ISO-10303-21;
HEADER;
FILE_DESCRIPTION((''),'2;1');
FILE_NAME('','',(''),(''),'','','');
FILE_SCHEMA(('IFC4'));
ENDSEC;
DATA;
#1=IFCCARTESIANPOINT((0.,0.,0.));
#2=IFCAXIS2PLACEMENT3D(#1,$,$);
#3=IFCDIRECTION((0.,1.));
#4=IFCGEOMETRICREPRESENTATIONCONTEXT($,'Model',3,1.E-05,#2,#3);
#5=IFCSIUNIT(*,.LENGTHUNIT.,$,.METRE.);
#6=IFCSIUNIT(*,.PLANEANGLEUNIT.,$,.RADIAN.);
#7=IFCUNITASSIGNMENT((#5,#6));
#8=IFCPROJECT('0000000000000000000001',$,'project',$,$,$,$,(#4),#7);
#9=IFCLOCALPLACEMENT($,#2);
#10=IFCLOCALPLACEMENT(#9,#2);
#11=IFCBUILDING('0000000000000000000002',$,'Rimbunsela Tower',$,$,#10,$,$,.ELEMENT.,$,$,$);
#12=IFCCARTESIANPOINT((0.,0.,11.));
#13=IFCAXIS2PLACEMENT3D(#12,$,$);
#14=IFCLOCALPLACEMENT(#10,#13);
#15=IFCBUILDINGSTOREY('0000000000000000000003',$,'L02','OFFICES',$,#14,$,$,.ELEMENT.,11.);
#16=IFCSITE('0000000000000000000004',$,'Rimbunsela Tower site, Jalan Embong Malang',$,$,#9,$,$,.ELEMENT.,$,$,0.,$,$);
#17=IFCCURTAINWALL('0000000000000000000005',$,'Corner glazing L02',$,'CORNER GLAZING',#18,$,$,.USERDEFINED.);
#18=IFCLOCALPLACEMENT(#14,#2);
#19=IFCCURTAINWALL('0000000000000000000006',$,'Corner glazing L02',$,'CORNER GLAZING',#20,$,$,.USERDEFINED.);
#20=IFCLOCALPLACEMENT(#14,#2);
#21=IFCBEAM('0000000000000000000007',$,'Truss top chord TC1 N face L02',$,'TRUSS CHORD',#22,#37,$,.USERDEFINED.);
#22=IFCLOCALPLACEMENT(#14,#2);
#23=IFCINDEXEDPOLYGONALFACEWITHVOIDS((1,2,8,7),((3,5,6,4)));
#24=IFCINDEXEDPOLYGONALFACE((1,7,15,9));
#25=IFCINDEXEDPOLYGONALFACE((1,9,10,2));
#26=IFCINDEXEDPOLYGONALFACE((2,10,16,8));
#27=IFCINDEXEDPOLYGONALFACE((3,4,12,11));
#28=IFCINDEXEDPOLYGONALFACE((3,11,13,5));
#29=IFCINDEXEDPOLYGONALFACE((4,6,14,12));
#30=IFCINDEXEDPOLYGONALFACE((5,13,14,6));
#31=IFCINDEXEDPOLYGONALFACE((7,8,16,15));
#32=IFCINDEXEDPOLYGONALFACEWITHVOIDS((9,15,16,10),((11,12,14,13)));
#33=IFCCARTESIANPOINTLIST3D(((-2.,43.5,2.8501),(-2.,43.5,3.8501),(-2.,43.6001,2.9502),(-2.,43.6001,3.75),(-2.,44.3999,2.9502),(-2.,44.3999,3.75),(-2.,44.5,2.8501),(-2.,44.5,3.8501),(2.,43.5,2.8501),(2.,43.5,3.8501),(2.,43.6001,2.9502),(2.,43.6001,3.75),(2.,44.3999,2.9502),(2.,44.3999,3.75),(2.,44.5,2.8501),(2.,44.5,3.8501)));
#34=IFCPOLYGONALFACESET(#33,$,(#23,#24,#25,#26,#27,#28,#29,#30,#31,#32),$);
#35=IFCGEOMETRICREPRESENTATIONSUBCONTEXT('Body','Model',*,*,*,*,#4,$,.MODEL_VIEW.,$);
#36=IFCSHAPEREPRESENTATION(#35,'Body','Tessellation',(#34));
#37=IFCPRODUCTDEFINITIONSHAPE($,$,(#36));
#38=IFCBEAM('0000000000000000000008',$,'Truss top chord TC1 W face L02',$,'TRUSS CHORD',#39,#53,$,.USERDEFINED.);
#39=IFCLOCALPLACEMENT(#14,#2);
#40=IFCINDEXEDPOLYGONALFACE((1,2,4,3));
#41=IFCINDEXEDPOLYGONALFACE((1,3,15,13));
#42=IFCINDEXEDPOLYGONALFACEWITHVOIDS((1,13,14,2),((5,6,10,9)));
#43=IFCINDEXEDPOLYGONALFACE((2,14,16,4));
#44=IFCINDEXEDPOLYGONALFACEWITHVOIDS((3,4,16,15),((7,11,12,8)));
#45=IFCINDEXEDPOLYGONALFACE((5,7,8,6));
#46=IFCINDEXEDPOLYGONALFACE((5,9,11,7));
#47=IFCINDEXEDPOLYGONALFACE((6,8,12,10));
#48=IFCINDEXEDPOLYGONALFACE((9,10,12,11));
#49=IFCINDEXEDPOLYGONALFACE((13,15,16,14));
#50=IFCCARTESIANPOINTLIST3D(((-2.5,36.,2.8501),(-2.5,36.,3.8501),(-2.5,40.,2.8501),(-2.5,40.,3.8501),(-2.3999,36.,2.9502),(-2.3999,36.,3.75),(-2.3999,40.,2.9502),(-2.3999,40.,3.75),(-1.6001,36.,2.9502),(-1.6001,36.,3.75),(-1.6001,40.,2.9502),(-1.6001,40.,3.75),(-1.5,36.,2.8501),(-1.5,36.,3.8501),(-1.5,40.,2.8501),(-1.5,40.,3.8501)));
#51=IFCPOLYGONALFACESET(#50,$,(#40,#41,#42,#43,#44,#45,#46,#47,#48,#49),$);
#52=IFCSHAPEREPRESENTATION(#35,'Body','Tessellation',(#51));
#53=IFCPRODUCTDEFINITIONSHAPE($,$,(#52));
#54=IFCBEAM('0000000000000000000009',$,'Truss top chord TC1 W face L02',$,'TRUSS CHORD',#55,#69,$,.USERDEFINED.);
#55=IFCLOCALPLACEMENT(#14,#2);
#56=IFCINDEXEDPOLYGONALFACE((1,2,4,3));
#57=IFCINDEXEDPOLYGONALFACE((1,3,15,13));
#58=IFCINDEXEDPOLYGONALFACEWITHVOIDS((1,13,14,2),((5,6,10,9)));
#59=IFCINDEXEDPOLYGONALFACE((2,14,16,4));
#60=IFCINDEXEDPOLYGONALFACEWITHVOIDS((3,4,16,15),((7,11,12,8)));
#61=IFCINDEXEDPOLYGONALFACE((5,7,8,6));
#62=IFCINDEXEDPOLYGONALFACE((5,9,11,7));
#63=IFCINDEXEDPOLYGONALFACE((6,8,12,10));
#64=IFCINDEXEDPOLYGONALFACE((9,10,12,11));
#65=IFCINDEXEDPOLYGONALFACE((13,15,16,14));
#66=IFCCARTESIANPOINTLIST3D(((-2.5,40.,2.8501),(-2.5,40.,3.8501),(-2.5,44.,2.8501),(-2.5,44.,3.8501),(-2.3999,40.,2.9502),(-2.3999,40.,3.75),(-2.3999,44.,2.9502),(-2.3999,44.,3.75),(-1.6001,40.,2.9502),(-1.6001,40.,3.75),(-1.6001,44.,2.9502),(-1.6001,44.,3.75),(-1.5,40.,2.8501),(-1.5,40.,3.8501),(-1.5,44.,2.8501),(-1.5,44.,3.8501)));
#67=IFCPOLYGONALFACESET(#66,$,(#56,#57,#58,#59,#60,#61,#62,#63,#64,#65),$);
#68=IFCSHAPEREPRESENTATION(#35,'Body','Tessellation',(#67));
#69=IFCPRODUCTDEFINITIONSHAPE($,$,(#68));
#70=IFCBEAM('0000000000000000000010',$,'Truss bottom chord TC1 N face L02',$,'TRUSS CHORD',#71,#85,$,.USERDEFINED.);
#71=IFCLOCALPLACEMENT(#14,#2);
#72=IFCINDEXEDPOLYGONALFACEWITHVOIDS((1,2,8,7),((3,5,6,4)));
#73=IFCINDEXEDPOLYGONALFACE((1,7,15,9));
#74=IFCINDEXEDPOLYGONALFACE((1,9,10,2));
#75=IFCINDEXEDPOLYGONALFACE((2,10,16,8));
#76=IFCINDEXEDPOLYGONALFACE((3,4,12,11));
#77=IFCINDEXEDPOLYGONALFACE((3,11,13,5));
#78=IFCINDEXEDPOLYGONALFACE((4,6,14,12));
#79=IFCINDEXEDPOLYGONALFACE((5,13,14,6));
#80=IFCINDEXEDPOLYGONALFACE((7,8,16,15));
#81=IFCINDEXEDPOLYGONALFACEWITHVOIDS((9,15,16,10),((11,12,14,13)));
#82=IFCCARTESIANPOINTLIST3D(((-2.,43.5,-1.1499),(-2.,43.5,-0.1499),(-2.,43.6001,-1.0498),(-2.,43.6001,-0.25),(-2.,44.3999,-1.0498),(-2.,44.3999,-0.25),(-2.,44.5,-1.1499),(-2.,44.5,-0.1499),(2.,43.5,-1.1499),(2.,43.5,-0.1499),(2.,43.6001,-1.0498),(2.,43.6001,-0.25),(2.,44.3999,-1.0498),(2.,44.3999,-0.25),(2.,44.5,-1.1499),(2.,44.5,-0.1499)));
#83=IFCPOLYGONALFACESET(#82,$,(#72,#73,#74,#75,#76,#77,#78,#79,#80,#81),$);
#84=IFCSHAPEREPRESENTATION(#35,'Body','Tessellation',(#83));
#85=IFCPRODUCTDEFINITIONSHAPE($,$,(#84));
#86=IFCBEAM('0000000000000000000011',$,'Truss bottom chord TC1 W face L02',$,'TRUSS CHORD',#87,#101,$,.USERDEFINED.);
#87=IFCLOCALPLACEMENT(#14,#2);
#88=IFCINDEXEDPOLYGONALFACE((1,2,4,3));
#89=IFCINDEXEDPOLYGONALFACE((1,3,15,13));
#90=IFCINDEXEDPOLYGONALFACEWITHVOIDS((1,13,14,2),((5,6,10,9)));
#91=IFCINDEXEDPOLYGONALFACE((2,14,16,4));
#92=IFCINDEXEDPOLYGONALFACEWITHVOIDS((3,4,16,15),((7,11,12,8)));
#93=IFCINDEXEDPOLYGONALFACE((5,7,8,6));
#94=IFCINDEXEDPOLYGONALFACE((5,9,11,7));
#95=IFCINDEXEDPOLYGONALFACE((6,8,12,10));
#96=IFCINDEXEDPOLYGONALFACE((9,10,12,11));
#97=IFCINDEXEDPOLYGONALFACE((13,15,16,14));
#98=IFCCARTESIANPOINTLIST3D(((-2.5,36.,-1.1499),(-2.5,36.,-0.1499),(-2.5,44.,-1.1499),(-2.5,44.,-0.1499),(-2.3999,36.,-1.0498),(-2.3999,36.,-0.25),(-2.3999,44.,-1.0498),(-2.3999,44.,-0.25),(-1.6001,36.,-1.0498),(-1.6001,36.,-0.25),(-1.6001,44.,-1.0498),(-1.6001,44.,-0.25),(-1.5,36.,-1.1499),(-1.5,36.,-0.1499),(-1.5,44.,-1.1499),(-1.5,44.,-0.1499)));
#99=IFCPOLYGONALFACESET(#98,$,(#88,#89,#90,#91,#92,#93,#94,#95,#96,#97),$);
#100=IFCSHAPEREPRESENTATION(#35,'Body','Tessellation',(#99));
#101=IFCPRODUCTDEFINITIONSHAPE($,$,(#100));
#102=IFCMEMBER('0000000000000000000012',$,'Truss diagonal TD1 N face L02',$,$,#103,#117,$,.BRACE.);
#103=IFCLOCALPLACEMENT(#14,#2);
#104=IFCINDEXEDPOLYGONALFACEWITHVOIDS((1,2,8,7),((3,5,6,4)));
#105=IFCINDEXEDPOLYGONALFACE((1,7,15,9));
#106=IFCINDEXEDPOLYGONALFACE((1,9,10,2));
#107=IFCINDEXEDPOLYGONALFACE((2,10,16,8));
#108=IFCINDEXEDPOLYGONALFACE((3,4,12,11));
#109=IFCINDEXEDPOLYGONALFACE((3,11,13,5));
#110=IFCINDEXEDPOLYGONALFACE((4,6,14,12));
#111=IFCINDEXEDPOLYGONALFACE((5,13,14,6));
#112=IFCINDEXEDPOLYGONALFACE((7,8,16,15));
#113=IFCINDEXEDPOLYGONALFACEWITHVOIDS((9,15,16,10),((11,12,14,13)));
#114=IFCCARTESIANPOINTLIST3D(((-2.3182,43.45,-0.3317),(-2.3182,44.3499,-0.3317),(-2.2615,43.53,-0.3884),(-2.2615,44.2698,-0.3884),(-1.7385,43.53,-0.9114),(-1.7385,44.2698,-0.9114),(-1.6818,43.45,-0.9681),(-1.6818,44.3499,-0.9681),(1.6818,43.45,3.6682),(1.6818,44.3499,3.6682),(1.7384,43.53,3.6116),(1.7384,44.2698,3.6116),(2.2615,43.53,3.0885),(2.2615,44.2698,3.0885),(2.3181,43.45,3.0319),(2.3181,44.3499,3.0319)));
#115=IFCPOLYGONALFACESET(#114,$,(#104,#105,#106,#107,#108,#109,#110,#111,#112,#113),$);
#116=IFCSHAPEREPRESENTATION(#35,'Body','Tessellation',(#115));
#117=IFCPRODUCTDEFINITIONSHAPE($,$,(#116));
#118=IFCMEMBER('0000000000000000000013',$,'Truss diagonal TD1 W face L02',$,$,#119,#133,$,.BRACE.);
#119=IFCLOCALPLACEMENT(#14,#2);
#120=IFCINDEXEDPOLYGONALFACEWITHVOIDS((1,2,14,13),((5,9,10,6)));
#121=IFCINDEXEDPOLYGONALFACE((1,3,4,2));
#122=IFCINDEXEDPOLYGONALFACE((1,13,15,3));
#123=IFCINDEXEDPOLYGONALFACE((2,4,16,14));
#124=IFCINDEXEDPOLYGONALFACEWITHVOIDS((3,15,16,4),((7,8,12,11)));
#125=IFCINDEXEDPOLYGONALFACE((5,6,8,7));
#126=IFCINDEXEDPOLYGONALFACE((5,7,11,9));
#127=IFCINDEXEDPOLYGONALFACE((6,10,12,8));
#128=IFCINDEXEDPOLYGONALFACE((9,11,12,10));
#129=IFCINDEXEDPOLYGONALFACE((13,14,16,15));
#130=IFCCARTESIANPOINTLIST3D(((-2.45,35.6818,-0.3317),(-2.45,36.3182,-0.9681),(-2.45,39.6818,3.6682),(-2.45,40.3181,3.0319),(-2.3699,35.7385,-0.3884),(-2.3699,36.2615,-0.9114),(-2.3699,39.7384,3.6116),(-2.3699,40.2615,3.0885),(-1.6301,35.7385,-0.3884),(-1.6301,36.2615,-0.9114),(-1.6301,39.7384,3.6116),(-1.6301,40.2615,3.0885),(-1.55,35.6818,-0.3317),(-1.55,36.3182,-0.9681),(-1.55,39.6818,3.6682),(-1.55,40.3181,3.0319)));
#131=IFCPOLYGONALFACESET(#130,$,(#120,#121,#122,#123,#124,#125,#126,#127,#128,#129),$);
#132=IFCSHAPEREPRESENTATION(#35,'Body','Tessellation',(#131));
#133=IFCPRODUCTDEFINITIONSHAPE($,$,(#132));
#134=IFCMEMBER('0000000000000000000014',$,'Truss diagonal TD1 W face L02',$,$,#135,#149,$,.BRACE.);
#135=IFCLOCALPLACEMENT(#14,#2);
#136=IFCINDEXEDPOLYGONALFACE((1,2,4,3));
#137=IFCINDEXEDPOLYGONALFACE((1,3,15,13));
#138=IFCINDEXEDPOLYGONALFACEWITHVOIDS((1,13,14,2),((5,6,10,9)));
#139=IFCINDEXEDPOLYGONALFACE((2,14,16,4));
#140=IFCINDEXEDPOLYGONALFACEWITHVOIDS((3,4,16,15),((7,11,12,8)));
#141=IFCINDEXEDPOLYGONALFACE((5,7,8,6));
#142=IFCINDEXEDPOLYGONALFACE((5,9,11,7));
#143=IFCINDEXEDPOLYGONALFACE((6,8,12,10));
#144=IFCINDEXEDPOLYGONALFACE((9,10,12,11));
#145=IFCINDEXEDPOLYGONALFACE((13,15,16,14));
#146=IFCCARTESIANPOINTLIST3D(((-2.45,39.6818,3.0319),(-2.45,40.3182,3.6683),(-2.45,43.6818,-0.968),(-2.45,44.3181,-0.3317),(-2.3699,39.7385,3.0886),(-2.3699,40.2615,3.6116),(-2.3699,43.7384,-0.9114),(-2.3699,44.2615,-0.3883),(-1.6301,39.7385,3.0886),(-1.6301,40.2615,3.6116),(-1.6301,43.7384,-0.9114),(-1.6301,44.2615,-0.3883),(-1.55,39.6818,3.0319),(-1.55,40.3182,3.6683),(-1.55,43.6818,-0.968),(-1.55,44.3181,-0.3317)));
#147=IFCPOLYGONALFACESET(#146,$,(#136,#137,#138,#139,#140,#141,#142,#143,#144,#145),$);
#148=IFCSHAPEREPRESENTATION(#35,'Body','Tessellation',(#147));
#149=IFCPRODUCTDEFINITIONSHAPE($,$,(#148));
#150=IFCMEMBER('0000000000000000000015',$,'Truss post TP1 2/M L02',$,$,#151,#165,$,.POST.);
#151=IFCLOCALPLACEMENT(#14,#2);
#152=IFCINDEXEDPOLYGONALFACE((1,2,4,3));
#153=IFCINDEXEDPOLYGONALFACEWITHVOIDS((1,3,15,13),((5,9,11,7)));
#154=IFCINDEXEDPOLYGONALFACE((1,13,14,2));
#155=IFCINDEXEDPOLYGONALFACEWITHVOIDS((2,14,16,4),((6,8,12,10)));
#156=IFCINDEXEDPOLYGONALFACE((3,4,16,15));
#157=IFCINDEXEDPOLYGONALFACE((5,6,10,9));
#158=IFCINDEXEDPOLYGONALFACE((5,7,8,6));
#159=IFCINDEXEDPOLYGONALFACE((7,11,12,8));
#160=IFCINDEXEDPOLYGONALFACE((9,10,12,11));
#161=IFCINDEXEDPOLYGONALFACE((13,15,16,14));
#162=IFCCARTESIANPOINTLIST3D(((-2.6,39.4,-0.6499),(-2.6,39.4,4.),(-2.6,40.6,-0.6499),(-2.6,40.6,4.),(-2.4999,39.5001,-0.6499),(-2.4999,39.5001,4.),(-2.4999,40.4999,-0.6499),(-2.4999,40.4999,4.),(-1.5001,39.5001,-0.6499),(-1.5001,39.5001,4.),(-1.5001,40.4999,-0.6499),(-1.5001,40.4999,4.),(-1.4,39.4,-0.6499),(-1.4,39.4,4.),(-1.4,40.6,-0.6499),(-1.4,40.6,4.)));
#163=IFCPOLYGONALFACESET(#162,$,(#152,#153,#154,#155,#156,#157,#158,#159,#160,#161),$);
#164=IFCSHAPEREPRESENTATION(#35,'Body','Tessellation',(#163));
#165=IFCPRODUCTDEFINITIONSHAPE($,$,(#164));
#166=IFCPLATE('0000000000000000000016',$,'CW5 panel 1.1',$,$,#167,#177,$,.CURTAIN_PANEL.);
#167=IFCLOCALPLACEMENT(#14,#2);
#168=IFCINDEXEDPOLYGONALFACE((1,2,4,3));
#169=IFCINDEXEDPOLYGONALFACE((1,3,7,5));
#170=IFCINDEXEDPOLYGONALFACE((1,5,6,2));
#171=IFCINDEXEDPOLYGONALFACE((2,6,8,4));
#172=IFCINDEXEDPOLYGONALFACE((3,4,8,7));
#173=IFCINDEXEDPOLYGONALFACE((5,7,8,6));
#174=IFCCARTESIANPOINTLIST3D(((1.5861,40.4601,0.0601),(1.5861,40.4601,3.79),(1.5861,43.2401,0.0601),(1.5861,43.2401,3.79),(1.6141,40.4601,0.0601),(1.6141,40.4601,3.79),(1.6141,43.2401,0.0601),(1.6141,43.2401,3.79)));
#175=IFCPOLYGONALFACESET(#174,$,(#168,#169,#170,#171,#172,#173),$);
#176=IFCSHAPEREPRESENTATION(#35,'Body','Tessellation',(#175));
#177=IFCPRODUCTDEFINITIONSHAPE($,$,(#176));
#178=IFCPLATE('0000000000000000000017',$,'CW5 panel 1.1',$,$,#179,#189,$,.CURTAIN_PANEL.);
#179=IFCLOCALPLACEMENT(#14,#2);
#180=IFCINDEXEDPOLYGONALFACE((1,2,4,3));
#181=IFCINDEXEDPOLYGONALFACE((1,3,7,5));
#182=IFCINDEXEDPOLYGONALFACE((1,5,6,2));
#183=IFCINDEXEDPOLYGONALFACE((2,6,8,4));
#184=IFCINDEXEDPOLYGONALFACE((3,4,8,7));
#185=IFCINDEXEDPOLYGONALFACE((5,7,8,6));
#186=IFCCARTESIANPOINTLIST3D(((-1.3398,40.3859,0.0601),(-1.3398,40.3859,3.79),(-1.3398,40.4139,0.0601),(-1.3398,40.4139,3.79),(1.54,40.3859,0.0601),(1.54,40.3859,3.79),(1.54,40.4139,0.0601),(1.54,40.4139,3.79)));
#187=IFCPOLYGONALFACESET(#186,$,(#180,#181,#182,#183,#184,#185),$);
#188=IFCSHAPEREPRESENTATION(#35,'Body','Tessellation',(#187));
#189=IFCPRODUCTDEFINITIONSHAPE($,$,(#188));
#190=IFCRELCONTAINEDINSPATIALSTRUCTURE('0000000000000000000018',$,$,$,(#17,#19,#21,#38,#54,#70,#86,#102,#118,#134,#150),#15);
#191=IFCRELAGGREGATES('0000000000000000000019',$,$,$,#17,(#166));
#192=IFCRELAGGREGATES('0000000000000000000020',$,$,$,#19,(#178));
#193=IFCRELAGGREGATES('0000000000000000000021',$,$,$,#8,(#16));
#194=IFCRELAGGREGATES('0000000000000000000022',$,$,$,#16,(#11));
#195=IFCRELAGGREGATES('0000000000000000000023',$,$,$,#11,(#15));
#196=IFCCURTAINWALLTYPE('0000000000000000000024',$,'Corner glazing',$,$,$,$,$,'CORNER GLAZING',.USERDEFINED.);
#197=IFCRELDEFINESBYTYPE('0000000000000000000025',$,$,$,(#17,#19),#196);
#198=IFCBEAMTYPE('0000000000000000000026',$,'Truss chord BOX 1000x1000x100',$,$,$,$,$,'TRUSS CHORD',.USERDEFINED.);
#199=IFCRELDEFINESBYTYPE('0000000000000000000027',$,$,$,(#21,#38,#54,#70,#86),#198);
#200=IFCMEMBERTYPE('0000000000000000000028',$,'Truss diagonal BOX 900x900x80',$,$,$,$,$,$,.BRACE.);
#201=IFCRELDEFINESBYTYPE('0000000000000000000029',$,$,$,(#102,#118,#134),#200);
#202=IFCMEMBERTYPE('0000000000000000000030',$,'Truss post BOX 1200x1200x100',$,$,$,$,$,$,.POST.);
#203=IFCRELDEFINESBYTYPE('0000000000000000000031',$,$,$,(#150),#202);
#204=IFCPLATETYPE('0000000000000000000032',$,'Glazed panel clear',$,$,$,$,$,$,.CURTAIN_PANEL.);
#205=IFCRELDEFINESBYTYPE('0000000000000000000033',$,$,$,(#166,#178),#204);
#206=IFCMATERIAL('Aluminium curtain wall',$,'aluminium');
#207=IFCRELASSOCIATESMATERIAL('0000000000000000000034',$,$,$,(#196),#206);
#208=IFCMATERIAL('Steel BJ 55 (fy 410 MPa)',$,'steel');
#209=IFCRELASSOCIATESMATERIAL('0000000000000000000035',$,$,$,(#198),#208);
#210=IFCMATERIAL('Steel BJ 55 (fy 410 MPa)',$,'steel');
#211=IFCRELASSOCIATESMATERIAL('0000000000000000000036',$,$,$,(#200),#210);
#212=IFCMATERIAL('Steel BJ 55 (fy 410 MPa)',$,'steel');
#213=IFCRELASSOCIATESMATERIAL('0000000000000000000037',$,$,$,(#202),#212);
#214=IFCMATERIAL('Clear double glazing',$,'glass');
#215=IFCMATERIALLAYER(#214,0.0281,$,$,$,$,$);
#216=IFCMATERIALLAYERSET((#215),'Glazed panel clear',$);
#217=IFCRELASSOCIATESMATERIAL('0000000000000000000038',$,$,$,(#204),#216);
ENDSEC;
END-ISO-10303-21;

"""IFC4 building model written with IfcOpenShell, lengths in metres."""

from ifc_helpers import new_model, si_unit, direction, frame, origin, origin_2d, place, context, subcontext, project, spatial, rectangle, hollow_rectangle, extrude, material, layer, layer_set, material_profile, profile_set, type_object, element, aggregate, save


model = new_model("IFC4")

# Units and contexts
model_context = context("Model", 3, precision=1e-05, world=origin(), true_north=direction((0.0, 1.0)))
body_context = subcontext(model_context, "Body", "Model", "MODEL_VIEW")
ifc_project = project(units=[si_unit("LENGTHUNIT", "METRE"), si_unit("PLANEANGLEUNIT", "RADIAN")], contexts=[model_context])

# Site, building, storey
site_placement = place(None, origin())
site = spatial("IfcSite", under=ifc_project, at=site_placement, Name="Rimbunsela Tower site, Jalan Embong Malang", CompositionType="ELEMENT", RefElevation=0.0)
building_placement = place(site_placement, origin())
building = spatial("IfcBuilding", under=site, at=building_placement, Name="Rimbunsela Tower", CompositionType="ELEMENT")
storey_placement = place(building_placement, frame((0.0, 0.0, 11.0)))
storey = spatial("IfcBuildingStorey", under=building, at=storey_placement, Name="L02", Description="OFFICES", CompositionType="ELEMENT", Elevation=11.0)

# Curtain wall
ifc_material_1 = material(Name="Aluminium curtain wall", Category="aluminium")
curtain_wall_type = type_object("IfcCurtainWallType", Name="Corner glazing", ElementType="CORNER GLAZING", PredefinedType="USERDEFINED", material=ifc_material_1)
curtain_wall_1_placement = place(storey_placement, origin())
curtain_wall_1 = element("IfcCurtainWall", 1, at=curtain_wall_1_placement, inside=storey, type_object=curtain_wall_type, Name="Corner glazing L02", ObjectType="CORNER GLAZING", PredefinedType="USERDEFINED")

# Curtain wall
curtain_wall_2_placement = place(storey_placement, origin())
curtain_wall_2 = element("IfcCurtainWall", 2, at=curtain_wall_2_placement, inside=storey, type_object=curtain_wall_type, Name="Corner glazing L02", ObjectType="CORNER GLAZING", PredefinedType="USERDEFINED")

# Beams
ifc_material_2 = material(Name="Steel BJ 55 (fy 410 MPa)", Category="steel")
ifc_material_profile_1 = material_profile(ifc_material_2, hollow_rectangle(XDim=1.0, YDim=1.0, WallThickness=0.1001, at=origin_2d()), Name="BOX 1000x1000x100")
ifc_profile_set_1 = profile_set([ifc_material_profile_1], Name="Steel BJ 55 (fy 410 MPa)")
beam_type_1 = type_object("IfcBeamType", Name="Truss chord BOX 1000x1000x100", ElementType="TRUSS CHORD", PredefinedType="USERDEFINED", material=ifc_profile_set_1)
for number, where, z_axis, x_axis, name in (
    (3, (-2.0, 44.0, 3.3501), (1.0, 0.0, 0.0), (0.0, 1.0, 0.0), "Truss top chord TC1 N face L02"),
    (4, (-2.0, 36.0, 3.3501), (0.0, 1.0, 0.0), (-1.0, 0.0, 0.0), "Truss top chord TC1 W face L02"),
    (5, (-2.0, 40.0, 3.3501), (0.0, 1.0, 0.0), (-1.0, 0.0, 0.0), "Truss top chord TC1 W face L02"),
    (6, (-2.0, 44.0, -0.6499), (1.0, 0.0, 0.0), (0.0, 1.0, 0.0), "Truss bottom chord TC1 N face L02"),
):
    element("IfcBeam", number, at=place(storey_placement, frame(where, z_axis=z_axis, x_axis=x_axis)), inside=storey, type_object=beam_type_1, Name=name, ObjectType="TRUSS CHORD", PredefinedType="USERDEFINED", context=body_context, shape_type="SweptSolid", body=[
        extrude(hollow_rectangle(XDim=1.0, YDim=1.0, WallThickness=0.1001, at=origin_2d()), origin(), (0.0, 0.0, 1.0), 4.0),
    ])
beam_1_placement = place(storey_placement, frame((-2.0, 36.0, -0.6499), z_axis=(0.0, 1.0, 0.0), x_axis=(-1.0, 0.0, 0.0)))
element("IfcBeam", 7, at=beam_1_placement, inside=storey, type_object=beam_type_1, Name="Truss bottom chord TC1 W face L02", ObjectType="TRUSS CHORD", PredefinedType="USERDEFINED", context=body_context, shape_type="SweptSolid", body=[
    extrude(hollow_rectangle(XDim=1.0, YDim=1.0, WallThickness=0.1001, at=origin_2d()), origin(), (0.0, 0.0, 1.0), 8.0),
])

# Members
ifc_material_3 = material(Name="Steel BJ 55 (fy 410 MPa)", Category="steel")
ifc_material_profile_2 = material_profile(ifc_material_3, hollow_rectangle(XDim=0.8999, YDim=0.8999, WallThickness=0.0801, at=origin_2d()), Name="BOX 900x900x80")
ifc_profile_set_2 = profile_set([ifc_material_profile_2], Name="Steel BJ 55 (fy 410 MPa)")
member_type_1 = type_object("IfcMemberType", Name="Truss diagonal BOX 900x900x80", PredefinedType="BRACE", material=ifc_profile_set_2)
for number, where, z_axis, x_axis, name in (
    (8, (-2.0, 43.8999, -0.6499), (0.707107, 0.0, 0.707107), (0.0, 1.0, 0.0), "Truss diagonal TD1 N face L02"),
    (9, (-2.0, 36.0, -0.6499), (0.0, 0.707107, 0.707107), (-1.0, 0.0, 0.0), "Truss diagonal TD1 W face L02"),
    (10, (-2.0, 40.0, 3.3501), (0.0, 0.707107, -0.707107), (-1.0, 0.0, 0.0), "Truss diagonal TD1 W face L02"),
):
    element("IfcMember", number, at=place(storey_placement, frame(where, z_axis=z_axis, x_axis=x_axis)), inside=storey, type_object=member_type_1, Name=name, PredefinedType="BRACE", context=body_context, shape_type="SweptSolid", body=[
        extrude(hollow_rectangle(XDim=0.8999, YDim=0.8999, WallThickness=0.0801, at=origin_2d()), origin(), (0.0, 0.0, 1.0), 5.6567),
    ])
ifc_material_4 = material(Name="Steel BJ 55 (fy 410 MPa)", Category="steel")
ifc_material_profile_3 = material_profile(ifc_material_4, hollow_rectangle(XDim=1.2, YDim=1.2, WallThickness=0.1001, at=origin_2d()), Name="BOX 1200x1200x100")
ifc_profile_set_3 = profile_set([ifc_material_profile_3], Name="Steel BJ 55 (fy 410 MPa)")
member_type_2 = type_object("IfcMemberType", Name="Truss post BOX 1200x1200x100", PredefinedType="POST", material=ifc_profile_set_3)
member_1_placement = place(storey_placement, frame((-2.0, 40.0, -0.6499), z_axis=(0.0, 0.0, 1.0), x_axis=(1.0, 0.0, 0.0)))
element("IfcMember", 11, at=member_1_placement, inside=storey, type_object=member_type_2, Name="Truss post TP1 2/M L02", PredefinedType="POST", context=body_context, shape_type="SweptSolid", body=[
    extrude(hollow_rectangle(XDim=1.2, YDim=1.2, WallThickness=0.1001, at=origin_2d()), origin(), (0.0, 0.0, 1.0), 4.6499),
])

# Plates
ifc_material_5 = material(Name="Clear double glazing", Category="glass")
ifc_layer_1 = layer(ifc_material_5, 0.0281)
ifc_layer_set_1 = layer_set([ifc_layer_1], Name="Glazed panel clear")
plate_type = type_object("IfcPlateType", Name="Glazed panel clear", PredefinedType="CURTAIN_PANEL", material=ifc_layer_set_1)
plate_1_placement = place(storey_placement, frame((1.6001, 41.8501, 0.0601), z_axis=(0.0, 0.0, 1.0), x_axis=(0.0, -1.0, 0.0)))
plate_1 = element("IfcPlate", 12, at=plate_1_placement, type_object=plate_type, Name="CW5 panel 1.1", PredefinedType="CURTAIN_PANEL", context=body_context, shape_type="SweptSolid", body=[
    extrude(rectangle(XDim=2.78, YDim=0.0281, at=origin_2d()), origin(), (0.0, 0.0, 1.0), 3.73),
])
aggregate(curtain_wall_1, [plate_1])
plate_2_placement = place(storey_placement, frame((0.1001, 40.3999, 0.0601), z_axis=(0.0, 0.0, 1.0), x_axis=(-1.0, 0.0, 0.0)))
plate_2 = element("IfcPlate", 13, at=plate_2_placement, type_object=plate_type, Name="CW5 panel 1.1", PredefinedType="CURTAIN_PANEL", context=body_context, shape_type="SweptSolid", body=[
    extrude(rectangle(XDim=2.8799, YDim=0.0281, at=origin_2d()), origin(), (0.0, 0.0, 1.0), 3.73),
])
aggregate(curtain_wall_2, [plate_2])

save(model, "model.ifc")
